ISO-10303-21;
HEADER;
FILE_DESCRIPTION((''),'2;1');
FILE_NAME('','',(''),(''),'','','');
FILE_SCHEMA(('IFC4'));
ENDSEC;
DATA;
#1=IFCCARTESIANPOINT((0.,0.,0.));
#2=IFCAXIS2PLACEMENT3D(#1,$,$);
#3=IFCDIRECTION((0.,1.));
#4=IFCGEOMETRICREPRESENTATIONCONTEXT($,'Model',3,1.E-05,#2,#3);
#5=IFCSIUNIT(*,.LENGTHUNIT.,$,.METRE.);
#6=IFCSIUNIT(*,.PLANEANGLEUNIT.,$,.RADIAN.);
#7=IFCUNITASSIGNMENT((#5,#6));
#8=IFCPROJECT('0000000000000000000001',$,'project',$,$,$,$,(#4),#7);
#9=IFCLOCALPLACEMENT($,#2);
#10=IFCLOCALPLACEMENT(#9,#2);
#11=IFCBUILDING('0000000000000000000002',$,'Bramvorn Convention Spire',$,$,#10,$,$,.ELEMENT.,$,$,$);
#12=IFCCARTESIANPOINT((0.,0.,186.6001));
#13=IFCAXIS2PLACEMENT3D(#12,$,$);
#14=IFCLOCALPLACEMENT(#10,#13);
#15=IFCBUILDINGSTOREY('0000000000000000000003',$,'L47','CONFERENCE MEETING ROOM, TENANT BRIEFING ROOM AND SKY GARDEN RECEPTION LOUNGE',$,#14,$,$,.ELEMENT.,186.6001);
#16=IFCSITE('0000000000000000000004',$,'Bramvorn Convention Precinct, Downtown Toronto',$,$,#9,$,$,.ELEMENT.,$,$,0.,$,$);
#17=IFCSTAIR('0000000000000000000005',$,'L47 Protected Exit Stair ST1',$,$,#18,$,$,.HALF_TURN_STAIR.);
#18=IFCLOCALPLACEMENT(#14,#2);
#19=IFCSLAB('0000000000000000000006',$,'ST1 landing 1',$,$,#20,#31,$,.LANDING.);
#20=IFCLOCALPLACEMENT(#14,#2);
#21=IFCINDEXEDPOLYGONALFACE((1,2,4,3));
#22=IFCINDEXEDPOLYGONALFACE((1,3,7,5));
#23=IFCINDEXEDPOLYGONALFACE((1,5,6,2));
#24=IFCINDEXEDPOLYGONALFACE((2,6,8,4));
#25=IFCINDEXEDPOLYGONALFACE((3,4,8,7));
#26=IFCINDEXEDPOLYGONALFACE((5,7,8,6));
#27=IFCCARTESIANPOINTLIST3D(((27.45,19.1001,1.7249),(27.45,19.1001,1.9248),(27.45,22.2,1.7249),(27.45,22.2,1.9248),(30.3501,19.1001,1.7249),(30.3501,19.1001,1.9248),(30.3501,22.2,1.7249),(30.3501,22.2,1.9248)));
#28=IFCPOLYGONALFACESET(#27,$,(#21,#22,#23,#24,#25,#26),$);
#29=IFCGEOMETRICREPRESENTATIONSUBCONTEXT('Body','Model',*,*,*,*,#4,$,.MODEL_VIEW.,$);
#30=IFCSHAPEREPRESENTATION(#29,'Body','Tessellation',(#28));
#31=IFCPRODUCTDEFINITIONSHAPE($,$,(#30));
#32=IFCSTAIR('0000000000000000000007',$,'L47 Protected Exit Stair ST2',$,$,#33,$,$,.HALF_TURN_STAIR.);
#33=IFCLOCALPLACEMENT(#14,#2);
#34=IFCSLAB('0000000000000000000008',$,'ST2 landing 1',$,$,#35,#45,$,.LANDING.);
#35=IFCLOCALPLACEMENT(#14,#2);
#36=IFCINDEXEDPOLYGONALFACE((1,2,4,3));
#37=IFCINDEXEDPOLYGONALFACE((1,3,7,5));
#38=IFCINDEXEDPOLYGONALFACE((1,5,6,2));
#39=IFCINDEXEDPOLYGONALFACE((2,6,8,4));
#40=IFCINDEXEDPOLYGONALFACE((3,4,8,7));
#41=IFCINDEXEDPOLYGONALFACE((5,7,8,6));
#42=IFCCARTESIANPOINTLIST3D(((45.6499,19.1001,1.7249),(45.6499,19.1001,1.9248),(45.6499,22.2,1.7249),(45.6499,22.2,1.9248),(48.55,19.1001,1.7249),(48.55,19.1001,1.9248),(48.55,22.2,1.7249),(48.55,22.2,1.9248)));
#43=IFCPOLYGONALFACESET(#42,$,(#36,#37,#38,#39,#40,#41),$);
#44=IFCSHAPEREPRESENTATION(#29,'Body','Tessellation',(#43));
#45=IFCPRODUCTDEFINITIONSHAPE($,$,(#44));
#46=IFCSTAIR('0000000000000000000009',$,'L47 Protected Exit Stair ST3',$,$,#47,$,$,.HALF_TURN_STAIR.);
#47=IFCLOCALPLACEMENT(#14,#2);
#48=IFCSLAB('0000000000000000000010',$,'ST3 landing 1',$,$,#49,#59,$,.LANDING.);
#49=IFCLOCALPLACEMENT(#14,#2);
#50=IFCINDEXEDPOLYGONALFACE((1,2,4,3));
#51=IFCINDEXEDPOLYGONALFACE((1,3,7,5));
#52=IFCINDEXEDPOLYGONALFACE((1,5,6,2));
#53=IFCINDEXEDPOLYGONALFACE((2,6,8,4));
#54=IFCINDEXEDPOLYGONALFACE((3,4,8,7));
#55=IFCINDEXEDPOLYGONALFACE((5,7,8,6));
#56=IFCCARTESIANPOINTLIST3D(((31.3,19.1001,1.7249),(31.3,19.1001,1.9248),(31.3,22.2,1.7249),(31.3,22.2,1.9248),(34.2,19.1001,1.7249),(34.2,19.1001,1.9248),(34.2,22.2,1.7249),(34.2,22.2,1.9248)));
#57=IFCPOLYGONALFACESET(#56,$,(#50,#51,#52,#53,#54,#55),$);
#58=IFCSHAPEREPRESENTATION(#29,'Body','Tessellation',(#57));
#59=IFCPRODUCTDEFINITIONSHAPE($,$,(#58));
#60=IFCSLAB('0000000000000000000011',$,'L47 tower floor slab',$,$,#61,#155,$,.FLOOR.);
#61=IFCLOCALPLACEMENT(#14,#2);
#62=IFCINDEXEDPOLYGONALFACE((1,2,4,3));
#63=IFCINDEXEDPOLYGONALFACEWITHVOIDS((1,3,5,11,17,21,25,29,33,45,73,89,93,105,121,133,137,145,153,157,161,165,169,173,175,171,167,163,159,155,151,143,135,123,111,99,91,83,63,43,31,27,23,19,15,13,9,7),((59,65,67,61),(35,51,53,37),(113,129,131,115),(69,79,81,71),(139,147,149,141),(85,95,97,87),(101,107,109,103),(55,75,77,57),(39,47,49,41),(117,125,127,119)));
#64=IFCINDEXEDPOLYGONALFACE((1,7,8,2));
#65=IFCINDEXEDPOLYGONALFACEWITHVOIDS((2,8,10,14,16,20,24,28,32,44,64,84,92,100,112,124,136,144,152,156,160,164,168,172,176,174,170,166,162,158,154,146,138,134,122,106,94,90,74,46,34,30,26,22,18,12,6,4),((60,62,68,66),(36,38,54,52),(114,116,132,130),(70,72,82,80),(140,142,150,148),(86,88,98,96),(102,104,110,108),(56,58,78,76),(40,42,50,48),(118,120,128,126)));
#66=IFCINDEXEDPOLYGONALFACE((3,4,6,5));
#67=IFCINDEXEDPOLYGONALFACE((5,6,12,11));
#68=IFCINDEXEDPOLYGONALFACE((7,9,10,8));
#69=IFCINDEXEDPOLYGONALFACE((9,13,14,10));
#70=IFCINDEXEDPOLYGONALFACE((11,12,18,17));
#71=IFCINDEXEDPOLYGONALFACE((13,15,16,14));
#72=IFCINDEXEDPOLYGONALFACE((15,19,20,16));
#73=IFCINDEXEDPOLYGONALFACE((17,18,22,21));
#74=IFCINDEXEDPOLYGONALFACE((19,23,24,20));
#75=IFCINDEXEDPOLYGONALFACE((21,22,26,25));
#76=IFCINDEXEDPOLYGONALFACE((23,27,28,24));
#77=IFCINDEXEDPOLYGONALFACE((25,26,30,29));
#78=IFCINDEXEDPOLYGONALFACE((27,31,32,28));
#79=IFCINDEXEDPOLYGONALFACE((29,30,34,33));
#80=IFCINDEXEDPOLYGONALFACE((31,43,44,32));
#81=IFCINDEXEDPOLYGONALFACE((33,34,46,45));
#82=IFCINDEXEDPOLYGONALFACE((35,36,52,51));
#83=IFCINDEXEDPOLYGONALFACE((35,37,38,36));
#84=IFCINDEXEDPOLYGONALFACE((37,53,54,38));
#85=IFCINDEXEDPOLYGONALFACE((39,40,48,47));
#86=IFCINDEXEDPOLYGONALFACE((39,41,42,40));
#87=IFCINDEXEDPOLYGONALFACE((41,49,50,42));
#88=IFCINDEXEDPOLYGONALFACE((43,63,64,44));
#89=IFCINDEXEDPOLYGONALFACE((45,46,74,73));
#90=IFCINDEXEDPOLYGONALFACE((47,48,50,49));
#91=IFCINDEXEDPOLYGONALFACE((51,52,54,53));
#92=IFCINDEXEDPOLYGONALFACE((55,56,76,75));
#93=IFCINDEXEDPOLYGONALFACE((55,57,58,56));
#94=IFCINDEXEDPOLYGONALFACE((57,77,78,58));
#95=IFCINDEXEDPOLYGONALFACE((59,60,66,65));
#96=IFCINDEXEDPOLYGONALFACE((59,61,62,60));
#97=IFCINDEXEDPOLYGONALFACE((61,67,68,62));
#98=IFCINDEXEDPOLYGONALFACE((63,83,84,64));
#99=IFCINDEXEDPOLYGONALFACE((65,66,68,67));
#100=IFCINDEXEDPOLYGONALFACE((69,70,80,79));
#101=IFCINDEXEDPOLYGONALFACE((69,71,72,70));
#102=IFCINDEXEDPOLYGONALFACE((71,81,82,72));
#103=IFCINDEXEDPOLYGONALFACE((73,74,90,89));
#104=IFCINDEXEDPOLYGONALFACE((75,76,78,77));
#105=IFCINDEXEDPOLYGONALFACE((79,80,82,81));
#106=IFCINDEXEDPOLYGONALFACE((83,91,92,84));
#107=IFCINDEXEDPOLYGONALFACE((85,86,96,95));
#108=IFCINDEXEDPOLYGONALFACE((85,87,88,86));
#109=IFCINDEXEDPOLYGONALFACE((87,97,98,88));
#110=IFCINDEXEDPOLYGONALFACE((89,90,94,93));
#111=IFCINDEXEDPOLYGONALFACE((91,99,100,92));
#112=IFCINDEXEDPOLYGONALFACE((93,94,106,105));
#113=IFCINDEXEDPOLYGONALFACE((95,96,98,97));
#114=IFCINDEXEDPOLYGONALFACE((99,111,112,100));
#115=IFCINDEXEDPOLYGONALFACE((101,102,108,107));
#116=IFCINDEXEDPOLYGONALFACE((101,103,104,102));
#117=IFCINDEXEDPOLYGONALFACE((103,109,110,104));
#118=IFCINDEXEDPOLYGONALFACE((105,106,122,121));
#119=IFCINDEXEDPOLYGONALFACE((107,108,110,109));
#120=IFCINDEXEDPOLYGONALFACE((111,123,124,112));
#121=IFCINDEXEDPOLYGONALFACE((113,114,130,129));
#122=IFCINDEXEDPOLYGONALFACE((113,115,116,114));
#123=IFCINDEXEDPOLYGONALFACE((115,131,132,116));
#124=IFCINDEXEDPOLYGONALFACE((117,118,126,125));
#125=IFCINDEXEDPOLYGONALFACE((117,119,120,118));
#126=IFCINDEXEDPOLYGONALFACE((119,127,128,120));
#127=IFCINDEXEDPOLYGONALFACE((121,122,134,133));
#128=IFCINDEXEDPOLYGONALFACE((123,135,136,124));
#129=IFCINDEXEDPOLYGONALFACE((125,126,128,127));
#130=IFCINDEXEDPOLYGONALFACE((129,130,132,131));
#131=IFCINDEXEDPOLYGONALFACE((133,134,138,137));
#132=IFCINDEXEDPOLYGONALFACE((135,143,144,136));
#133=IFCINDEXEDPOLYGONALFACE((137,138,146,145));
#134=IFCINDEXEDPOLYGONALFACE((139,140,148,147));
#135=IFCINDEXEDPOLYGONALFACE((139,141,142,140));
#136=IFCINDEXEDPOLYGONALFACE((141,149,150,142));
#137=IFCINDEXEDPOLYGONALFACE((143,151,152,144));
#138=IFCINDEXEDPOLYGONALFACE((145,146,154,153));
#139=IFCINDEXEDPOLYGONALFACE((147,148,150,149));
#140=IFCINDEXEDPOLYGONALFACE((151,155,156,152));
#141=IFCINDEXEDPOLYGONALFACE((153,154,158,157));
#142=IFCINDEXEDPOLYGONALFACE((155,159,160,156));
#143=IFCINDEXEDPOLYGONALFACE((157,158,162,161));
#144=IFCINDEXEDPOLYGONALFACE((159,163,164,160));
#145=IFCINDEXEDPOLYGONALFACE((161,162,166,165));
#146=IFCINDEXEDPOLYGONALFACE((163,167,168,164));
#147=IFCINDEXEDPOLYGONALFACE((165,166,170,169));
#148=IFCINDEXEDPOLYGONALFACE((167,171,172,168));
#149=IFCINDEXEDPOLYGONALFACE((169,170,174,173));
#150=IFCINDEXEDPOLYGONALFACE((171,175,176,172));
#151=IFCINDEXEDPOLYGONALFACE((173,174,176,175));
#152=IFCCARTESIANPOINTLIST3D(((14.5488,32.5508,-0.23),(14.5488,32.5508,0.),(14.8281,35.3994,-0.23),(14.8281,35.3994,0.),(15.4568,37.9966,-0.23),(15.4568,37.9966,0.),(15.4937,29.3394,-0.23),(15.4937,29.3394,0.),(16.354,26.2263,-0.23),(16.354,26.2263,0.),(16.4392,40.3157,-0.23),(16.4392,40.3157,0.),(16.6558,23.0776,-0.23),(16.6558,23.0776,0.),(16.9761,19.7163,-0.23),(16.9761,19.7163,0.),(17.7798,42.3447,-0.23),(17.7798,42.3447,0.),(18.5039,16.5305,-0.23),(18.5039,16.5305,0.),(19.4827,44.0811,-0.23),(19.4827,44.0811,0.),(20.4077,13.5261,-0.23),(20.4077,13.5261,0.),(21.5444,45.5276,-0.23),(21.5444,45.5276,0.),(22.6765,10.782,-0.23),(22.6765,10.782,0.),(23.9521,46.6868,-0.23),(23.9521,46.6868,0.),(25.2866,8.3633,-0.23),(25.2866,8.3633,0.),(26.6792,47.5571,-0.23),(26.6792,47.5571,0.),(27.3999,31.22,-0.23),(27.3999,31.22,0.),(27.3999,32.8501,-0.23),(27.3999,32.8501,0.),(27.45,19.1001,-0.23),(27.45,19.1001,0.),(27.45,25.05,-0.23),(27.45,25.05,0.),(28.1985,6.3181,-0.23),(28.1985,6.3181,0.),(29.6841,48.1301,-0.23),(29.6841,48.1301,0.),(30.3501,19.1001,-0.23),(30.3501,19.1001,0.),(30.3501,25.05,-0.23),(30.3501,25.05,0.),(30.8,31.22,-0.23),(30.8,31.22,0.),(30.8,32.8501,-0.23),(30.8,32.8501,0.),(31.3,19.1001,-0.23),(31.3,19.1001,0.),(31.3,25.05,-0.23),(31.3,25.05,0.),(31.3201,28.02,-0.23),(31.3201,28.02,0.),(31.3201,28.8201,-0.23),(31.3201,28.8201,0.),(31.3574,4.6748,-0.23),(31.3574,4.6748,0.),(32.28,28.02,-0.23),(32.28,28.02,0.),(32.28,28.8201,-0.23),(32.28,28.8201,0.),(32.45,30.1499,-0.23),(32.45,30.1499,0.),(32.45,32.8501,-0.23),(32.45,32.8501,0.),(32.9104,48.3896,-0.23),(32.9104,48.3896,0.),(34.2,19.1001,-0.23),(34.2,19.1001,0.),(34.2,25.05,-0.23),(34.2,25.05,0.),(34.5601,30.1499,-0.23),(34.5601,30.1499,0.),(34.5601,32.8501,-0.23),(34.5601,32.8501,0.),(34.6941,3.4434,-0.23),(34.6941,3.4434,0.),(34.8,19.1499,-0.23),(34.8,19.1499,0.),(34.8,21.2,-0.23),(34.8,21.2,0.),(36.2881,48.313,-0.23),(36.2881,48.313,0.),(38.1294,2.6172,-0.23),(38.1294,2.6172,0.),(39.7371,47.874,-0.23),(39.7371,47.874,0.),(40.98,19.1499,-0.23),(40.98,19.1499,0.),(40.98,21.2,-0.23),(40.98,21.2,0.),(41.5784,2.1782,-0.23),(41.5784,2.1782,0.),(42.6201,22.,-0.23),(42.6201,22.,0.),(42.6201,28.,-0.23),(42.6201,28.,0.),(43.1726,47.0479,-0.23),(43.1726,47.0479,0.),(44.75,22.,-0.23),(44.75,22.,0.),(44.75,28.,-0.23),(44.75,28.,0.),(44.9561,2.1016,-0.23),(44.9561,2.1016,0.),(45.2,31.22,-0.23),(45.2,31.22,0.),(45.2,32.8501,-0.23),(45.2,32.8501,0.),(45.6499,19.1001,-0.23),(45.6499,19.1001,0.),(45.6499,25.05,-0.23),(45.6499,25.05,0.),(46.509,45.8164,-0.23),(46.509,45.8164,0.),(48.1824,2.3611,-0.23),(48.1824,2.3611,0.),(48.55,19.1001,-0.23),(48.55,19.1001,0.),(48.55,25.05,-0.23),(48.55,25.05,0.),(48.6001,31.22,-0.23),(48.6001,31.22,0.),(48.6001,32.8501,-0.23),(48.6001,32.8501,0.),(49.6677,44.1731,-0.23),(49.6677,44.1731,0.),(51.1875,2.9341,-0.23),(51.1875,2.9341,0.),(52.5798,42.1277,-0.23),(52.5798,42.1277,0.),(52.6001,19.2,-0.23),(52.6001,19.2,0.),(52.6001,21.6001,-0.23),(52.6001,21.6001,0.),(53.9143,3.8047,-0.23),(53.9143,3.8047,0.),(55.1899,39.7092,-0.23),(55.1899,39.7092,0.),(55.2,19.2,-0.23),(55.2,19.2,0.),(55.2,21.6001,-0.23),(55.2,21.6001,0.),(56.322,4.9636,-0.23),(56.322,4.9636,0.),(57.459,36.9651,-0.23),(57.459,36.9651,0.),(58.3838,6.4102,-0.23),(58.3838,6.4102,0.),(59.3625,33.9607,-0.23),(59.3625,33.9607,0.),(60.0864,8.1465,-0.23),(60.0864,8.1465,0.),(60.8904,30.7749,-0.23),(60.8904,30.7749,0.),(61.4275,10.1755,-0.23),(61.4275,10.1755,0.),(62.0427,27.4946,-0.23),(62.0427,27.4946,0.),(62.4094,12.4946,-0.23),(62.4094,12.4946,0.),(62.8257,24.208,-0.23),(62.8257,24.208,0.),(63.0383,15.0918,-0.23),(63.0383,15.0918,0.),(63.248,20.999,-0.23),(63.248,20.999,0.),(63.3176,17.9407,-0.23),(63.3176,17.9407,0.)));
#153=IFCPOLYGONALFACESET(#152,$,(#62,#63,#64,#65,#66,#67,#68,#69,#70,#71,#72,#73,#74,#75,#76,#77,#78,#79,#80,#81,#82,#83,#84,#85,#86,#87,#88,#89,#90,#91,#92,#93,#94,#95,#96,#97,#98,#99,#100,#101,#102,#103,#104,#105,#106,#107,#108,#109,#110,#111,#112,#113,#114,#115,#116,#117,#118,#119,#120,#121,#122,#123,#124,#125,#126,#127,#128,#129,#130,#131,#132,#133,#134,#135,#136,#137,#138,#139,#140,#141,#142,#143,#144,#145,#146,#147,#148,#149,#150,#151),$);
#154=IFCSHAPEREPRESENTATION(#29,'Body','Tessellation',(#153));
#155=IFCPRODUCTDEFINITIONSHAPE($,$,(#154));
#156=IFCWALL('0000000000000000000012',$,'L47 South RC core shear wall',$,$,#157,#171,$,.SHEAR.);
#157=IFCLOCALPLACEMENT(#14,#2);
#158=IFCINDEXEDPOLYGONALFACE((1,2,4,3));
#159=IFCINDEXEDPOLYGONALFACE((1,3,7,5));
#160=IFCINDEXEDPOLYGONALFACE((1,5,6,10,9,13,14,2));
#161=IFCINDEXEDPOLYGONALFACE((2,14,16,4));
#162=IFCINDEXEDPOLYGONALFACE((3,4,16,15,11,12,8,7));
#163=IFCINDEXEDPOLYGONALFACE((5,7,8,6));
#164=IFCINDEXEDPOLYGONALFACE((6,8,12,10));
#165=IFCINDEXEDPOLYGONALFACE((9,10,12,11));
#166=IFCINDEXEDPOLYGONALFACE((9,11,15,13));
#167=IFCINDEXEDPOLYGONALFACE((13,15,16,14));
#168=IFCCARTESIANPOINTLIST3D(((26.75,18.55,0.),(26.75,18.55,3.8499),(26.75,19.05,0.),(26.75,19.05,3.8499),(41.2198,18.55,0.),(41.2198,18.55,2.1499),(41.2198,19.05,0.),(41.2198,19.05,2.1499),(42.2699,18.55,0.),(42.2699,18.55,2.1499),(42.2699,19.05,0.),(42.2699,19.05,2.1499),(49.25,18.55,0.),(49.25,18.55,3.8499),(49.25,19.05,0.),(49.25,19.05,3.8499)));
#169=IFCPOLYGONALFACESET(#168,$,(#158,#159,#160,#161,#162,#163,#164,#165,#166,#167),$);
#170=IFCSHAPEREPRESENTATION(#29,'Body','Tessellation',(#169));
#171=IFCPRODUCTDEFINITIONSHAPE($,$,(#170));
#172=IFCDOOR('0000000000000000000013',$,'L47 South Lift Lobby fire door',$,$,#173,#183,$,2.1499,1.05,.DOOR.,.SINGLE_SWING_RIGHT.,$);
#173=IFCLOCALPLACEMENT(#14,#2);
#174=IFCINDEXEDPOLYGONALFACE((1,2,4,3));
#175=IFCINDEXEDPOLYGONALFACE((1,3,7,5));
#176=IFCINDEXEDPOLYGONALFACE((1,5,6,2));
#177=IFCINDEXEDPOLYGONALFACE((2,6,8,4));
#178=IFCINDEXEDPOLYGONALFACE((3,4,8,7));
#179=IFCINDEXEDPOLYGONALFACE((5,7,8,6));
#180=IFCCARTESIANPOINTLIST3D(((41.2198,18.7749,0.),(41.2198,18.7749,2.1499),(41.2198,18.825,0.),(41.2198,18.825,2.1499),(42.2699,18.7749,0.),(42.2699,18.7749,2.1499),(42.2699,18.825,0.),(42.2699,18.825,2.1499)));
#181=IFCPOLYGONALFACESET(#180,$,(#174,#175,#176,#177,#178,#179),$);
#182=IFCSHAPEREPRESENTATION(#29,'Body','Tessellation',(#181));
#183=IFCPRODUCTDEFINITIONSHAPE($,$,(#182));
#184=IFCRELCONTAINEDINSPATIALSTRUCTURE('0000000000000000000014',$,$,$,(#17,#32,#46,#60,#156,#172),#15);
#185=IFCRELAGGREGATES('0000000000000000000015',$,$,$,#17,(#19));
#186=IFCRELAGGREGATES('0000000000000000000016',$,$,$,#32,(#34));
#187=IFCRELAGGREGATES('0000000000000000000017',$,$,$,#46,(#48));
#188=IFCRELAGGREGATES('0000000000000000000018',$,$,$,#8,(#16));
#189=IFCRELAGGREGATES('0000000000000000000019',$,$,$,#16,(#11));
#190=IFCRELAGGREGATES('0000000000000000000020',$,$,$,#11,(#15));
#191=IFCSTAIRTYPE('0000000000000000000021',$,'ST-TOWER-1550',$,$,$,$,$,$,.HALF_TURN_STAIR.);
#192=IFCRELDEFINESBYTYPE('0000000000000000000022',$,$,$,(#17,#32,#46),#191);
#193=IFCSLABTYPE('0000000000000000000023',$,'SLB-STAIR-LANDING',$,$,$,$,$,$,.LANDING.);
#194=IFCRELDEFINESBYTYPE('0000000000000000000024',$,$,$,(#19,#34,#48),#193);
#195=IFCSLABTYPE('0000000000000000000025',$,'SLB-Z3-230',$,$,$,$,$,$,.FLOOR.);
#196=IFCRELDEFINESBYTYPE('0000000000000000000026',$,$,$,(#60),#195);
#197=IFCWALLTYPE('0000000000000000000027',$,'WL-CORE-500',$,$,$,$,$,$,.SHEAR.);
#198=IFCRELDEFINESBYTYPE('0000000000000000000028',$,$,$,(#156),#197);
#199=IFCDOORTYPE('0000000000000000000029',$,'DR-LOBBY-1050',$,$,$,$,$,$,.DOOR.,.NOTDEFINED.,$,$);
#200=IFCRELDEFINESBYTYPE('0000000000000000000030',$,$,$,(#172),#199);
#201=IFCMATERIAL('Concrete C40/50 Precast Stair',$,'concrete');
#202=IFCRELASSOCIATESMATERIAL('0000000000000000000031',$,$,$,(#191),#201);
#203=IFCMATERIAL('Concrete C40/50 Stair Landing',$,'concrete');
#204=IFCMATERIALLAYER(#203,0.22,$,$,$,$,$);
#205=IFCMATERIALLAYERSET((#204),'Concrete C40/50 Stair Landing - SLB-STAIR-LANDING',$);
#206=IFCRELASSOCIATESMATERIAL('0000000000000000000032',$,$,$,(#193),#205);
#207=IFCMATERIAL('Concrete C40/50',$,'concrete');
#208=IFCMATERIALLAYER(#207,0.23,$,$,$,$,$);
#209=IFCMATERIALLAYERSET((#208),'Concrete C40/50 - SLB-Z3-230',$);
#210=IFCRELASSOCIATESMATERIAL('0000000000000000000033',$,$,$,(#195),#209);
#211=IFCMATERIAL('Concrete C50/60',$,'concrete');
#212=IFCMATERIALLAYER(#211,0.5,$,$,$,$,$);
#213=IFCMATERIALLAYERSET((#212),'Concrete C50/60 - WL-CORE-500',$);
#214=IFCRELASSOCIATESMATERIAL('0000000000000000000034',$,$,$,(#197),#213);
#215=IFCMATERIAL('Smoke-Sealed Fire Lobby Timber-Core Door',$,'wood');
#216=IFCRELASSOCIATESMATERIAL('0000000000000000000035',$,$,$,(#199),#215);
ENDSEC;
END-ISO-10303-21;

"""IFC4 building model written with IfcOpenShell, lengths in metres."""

from ifc_helpers import new_model, si_unit, direction, frame, frame_2d, origin, place, context, subcontext, project, spatial, polyline, rectangle, outline, extrude, material, layer, layer_set, type_object, element, fill, aggregate, save


model = new_model("IFC4")

# Units and contexts
model_context = context("Model", 3, precision=1e-05, world=origin(), true_north=direction((0.0, 1.0)))
body_context = subcontext(model_context, "Body", "Model", "MODEL_VIEW")
ifc_project = project(units=[si_unit("LENGTHUNIT", "METRE"), si_unit("PLANEANGLEUNIT", "RADIAN")], contexts=[model_context])

# Site, building, storey
site_placement = place(None, origin())
site = spatial("IfcSite", under=ifc_project, at=site_placement, Name="Bramvorn Convention Precinct, Downtown Toronto", CompositionType="ELEMENT", RefElevation=0.0)
building_placement = place(site_placement, origin())
building = spatial("IfcBuilding", under=site, at=building_placement, Name="Bramvorn Convention Spire", CompositionType="ELEMENT")
storey_placement = place(building_placement, frame((0.0, 0.0, 186.6001)))
storey = spatial("IfcBuildingStorey", under=building, at=storey_placement, Name="L47", Description="CONFERENCE MEETING ROOM, TENANT BRIEFING ROOM AND SKY GARDEN RECEPTION LOUNGE", CompositionType="ELEMENT", Elevation=186.6001)

# Stairs, slabs
ifc_material_1 = material(Name="Concrete C40/50 Precast Stair", Category="concrete")
stair_type = type_object("IfcStairType", Name="ST-TOWER-1550", PredefinedType="HALF_TURN_STAIR", material=ifc_material_1)
stair_1_placement = place(storey_placement, origin())
stair_1 = element("IfcStair", 1, at=stair_1_placement, inside=storey, type_object=stair_type, Name="L47 Protected Exit Stair ST1", PredefinedType="HALF_TURN_STAIR")
ifc_material_2 = material(Name="Concrete C40/50 Stair Landing", Category="concrete")
ifc_layer_1 = layer(ifc_material_2, 0.22)
ifc_layer_set_1 = layer_set([ifc_layer_1], Name="Concrete C40/50 Stair Landing - SLB-STAIR-LANDING")
slab_type_1 = type_object("IfcSlabType", Name="SLB-STAIR-LANDING", PredefinedType="LANDING", material=ifc_layer_set_1)
slab_1_placement = place(storey_placement, frame((0.0, 0.0, 1.7249)))
slab_1 = element("IfcSlab", 2, at=slab_1_placement, type_object=slab_type_1, Name="ST1 landing 1", PredefinedType="LANDING", context=body_context, shape_type="SweptSolid", body=[
    extrude(outline(polyline([(27.45, 22.2), (27.45, 19.1001), (30.3501, 19.1001), (30.3501, 22.2), (27.45, 22.2)])), origin(), (0.0, 0.0, 1.0), 0.2),
])
aggregate(stair_1, [slab_1])
stair_2_placement = place(storey_placement, origin())
stair_2 = element("IfcStair", 3, at=stair_2_placement, inside=storey, type_object=stair_type, Name="L47 Protected Exit Stair ST2", PredefinedType="HALF_TURN_STAIR")
slab_2_placement = place(storey_placement, frame((0.0, 0.0, 1.7249)))
slab_2 = element("IfcSlab", 4, at=slab_2_placement, type_object=slab_type_1, Name="ST2 landing 1", PredefinedType="LANDING", context=body_context, shape_type="SweptSolid", body=[
    extrude(outline(polyline([(45.6499, 22.2), (45.6499, 19.1001), (48.55, 19.1001), (48.55, 22.2), (45.6499, 22.2)])), origin(), (0.0, 0.0, 1.0), 0.2),
])
aggregate(stair_2, [slab_2])
stair_3_placement = place(storey_placement, origin())
stair_3 = element("IfcStair", 5, at=stair_3_placement, inside=storey, type_object=stair_type, Name="L47 Protected Exit Stair ST3", PredefinedType="HALF_TURN_STAIR")
slab_3_placement = place(storey_placement, frame((0.0, 0.0, 1.7249)))
slab_3 = element("IfcSlab", 6, at=slab_3_placement, type_object=slab_type_1, Name="ST3 landing 1", PredefinedType="LANDING", context=body_context, shape_type="SweptSolid", body=[
    extrude(outline(polyline([(31.3, 22.2), (31.3, 19.1001), (34.2, 19.1001), (34.2, 22.2), (31.3, 22.2)])), origin(), (0.0, 0.0, 1.0), 0.2),
])
aggregate(stair_3, [slab_3])

# Slab
ifc_material_3 = material(Name="Concrete C40/50", Category="concrete")
ifc_layer_2 = layer(ifc_material_3, 0.23)
ifc_layer_set_2 = layer_set([ifc_layer_2], Name="Concrete C40/50 - SLB-Z3-230")
slab_type_2 = type_object("IfcSlabType", Name="SLB-Z3-230", PredefinedType="FLOOR", material=ifc_layer_set_2)
slab_4_placement = place(storey_placement, frame((0.0, 0.0, -0.23)))
element("IfcSlab", 7, at=slab_4_placement, inside=storey, type_object=slab_type_2, Name="L47 tower floor slab", PredefinedType="FLOOR", context=body_context, shape_type="SweptSolid", body=[
    extrude(outline(polyline([(60.0864, 8.1465), (61.4275, 10.1755), (62.4094, 12.4946), (63.0383, 15.0918), (63.3176, 17.9407), (63.248, 20.999), (62.8257, 24.208), (62.0427, 27.4946), (60.8904, 30.7749), (59.3625, 33.9607), (57.459, 36.9651), (55.1899, 39.7092), (52.5798, 42.1277), (49.6677, 44.1731), (46.509, 45.8164), (43.1726, 47.0479), (39.7371, 47.874), (36.2881, 48.313), (32.9104, 48.3896), (29.6841, 48.1301), (26.6792, 47.5571), (23.9521, 46.6868), (21.5444, 45.5276), (19.4827, 44.0811), (17.7798, 42.3447), (16.4392, 40.3157), (15.4568, 37.9966), (14.8281, 35.3994), (14.5488, 32.5508), (15.4937, 29.3394), (16.354, 26.2263), (16.6558, 23.0776), (16.9761, 19.7163), (18.5039, 16.5305), (20.4077, 13.5261), (22.6765, 10.782), (25.2866, 8.3633), (28.1985, 6.3181), (31.3574, 4.6748), (34.6941, 3.4434), (38.1294, 2.6172), (41.5784, 2.1782), (44.9561, 2.1016), (48.1824, 2.3611), (51.1875, 2.9341), (53.9143, 3.8047), (56.322, 4.9636), (58.3838, 6.4102), (60.0864, 8.1465)]), holes=[polyline([(27.45, 25.05), (27.45, 19.1001), (30.3501, 19.1001), (30.3501, 25.05), (27.45, 25.05)]), polyline([(45.6499, 25.05), (45.6499, 19.1001), (48.55, 19.1001), (48.55, 25.05), (45.6499, 25.05)]), polyline([(31.3, 25.05), (31.3, 19.1001), (34.2, 19.1001), (34.2, 25.05), (31.3, 25.05)]), polyline([(27.3999, 31.22), (30.8, 31.22), (30.8, 32.8501), (27.3999, 32.8501), (27.3999, 31.22)]), polyline([(45.2, 31.22), (48.6001, 31.22), (48.6001, 32.8501), (45.2, 32.8501), (45.2, 31.22)]), polyline([(32.45, 30.1499), (34.5601, 30.1499), (34.5601, 32.8501), (32.45, 32.8501), (32.45, 30.1499)]), polyline([(34.8, 19.1499), (40.98, 19.1499), (40.98, 21.2), (34.8, 21.2), (34.8, 19.1499)]), polyline([(42.6201, 22.0), (44.75, 22.0), (44.75, 28.0), (42.6201, 28.0), (42.6201, 22.0)]), polyline([(31.3201, 28.02), (32.28, 28.02), (32.28, 28.8201), (31.3201, 28.8201), (31.3201, 28.02)]), polyline([(52.6001, 19.2), (55.2, 19.2), (55.2, 21.6001), (52.6001, 21.6001), (52.6001, 19.2)])]), origin(), (0.0, 0.0, 1.0), 0.23),
])

# Wall, opening, door
ifc_material_4 = material(Name="Concrete C50/60", Category="concrete")
ifc_layer_3 = layer(ifc_material_4, 0.5)
ifc_layer_set_3 = layer_set([ifc_layer_3], Name="Concrete C50/60 - WL-CORE-500")
wall_type_1 = type_object("IfcWallType", Name="WL-CORE-500", PredefinedType="SHEAR", material=ifc_layer_set_3)
wall_1_placement = place(storey_placement, frame((26.75, 18.8, 0.0), z_axis=(0.0, 0.0, 1.0), x_axis=(1.0, 0.0, 0.0)))
wall_1 = element("IfcWall", 8, at=wall_1_placement, inside=storey, type_object=wall_type_1, Name="L47 South RC core shear wall", PredefinedType="SHEAR", context=body_context, shape_type="SweptSolid", body=[
    extrude(rectangle(XDim=22.5, YDim=0.5, at=frame_2d((11.25, 0.0))), origin(), (0.0, 0.0, 1.0), 3.8499),
])
opening_1_placement = place(wall_1_placement, frame((14.47, 0.0, 0.0)))
opening_1 = element("IfcOpeningElement", 9, at=opening_1_placement, cuts=wall_1, PredefinedType="OPENING", context=body_context, shape_type="SweptSolid", body=[
    extrude(rectangle(XDim=1.05, YDim=2.1499, at=frame_2d((0.5249, 1.075))), frame((0.0, 0.26, 0.0), z_axis=(0.0, -1.0, 0.0), x_axis=(1.0, 0.0, 0.0)), (0.0, 0.0, 1.0), 0.52),
])
ifc_material_5 = material(Name="Smoke-Sealed Fire Lobby Timber-Core Door", Category="wood")
door_type_1 = type_object("IfcDoorType", Name="DR-LOBBY-1050", OperationType="NOTDEFINED", PredefinedType="DOOR", material=ifc_material_5)
door_1_placement = place(opening_1_placement, origin())
door_1 = element("IfcDoor", 10, at=door_1_placement, inside=storey, type_object=door_type_1, Name="L47 South Lift Lobby fire door", OperationType="SINGLE_SWING_RIGHT", OverallHeight=2.1499, OverallWidth=1.05, PredefinedType="DOOR", context=body_context, shape_type="SweptSolid", body=[
    extrude(rectangle(XDim=1.05, YDim=2.1499, at=frame_2d((0.5249, 1.075))), frame((0.0, 0.0249, 0.0), z_axis=(0.0, -1.0, 0.0), x_axis=(1.0, 0.0, 0.0)), (0.0, 0.0, 1.0), 0.05),
])
fill(opening_1, door_1)

save(model, "model.ifc")
